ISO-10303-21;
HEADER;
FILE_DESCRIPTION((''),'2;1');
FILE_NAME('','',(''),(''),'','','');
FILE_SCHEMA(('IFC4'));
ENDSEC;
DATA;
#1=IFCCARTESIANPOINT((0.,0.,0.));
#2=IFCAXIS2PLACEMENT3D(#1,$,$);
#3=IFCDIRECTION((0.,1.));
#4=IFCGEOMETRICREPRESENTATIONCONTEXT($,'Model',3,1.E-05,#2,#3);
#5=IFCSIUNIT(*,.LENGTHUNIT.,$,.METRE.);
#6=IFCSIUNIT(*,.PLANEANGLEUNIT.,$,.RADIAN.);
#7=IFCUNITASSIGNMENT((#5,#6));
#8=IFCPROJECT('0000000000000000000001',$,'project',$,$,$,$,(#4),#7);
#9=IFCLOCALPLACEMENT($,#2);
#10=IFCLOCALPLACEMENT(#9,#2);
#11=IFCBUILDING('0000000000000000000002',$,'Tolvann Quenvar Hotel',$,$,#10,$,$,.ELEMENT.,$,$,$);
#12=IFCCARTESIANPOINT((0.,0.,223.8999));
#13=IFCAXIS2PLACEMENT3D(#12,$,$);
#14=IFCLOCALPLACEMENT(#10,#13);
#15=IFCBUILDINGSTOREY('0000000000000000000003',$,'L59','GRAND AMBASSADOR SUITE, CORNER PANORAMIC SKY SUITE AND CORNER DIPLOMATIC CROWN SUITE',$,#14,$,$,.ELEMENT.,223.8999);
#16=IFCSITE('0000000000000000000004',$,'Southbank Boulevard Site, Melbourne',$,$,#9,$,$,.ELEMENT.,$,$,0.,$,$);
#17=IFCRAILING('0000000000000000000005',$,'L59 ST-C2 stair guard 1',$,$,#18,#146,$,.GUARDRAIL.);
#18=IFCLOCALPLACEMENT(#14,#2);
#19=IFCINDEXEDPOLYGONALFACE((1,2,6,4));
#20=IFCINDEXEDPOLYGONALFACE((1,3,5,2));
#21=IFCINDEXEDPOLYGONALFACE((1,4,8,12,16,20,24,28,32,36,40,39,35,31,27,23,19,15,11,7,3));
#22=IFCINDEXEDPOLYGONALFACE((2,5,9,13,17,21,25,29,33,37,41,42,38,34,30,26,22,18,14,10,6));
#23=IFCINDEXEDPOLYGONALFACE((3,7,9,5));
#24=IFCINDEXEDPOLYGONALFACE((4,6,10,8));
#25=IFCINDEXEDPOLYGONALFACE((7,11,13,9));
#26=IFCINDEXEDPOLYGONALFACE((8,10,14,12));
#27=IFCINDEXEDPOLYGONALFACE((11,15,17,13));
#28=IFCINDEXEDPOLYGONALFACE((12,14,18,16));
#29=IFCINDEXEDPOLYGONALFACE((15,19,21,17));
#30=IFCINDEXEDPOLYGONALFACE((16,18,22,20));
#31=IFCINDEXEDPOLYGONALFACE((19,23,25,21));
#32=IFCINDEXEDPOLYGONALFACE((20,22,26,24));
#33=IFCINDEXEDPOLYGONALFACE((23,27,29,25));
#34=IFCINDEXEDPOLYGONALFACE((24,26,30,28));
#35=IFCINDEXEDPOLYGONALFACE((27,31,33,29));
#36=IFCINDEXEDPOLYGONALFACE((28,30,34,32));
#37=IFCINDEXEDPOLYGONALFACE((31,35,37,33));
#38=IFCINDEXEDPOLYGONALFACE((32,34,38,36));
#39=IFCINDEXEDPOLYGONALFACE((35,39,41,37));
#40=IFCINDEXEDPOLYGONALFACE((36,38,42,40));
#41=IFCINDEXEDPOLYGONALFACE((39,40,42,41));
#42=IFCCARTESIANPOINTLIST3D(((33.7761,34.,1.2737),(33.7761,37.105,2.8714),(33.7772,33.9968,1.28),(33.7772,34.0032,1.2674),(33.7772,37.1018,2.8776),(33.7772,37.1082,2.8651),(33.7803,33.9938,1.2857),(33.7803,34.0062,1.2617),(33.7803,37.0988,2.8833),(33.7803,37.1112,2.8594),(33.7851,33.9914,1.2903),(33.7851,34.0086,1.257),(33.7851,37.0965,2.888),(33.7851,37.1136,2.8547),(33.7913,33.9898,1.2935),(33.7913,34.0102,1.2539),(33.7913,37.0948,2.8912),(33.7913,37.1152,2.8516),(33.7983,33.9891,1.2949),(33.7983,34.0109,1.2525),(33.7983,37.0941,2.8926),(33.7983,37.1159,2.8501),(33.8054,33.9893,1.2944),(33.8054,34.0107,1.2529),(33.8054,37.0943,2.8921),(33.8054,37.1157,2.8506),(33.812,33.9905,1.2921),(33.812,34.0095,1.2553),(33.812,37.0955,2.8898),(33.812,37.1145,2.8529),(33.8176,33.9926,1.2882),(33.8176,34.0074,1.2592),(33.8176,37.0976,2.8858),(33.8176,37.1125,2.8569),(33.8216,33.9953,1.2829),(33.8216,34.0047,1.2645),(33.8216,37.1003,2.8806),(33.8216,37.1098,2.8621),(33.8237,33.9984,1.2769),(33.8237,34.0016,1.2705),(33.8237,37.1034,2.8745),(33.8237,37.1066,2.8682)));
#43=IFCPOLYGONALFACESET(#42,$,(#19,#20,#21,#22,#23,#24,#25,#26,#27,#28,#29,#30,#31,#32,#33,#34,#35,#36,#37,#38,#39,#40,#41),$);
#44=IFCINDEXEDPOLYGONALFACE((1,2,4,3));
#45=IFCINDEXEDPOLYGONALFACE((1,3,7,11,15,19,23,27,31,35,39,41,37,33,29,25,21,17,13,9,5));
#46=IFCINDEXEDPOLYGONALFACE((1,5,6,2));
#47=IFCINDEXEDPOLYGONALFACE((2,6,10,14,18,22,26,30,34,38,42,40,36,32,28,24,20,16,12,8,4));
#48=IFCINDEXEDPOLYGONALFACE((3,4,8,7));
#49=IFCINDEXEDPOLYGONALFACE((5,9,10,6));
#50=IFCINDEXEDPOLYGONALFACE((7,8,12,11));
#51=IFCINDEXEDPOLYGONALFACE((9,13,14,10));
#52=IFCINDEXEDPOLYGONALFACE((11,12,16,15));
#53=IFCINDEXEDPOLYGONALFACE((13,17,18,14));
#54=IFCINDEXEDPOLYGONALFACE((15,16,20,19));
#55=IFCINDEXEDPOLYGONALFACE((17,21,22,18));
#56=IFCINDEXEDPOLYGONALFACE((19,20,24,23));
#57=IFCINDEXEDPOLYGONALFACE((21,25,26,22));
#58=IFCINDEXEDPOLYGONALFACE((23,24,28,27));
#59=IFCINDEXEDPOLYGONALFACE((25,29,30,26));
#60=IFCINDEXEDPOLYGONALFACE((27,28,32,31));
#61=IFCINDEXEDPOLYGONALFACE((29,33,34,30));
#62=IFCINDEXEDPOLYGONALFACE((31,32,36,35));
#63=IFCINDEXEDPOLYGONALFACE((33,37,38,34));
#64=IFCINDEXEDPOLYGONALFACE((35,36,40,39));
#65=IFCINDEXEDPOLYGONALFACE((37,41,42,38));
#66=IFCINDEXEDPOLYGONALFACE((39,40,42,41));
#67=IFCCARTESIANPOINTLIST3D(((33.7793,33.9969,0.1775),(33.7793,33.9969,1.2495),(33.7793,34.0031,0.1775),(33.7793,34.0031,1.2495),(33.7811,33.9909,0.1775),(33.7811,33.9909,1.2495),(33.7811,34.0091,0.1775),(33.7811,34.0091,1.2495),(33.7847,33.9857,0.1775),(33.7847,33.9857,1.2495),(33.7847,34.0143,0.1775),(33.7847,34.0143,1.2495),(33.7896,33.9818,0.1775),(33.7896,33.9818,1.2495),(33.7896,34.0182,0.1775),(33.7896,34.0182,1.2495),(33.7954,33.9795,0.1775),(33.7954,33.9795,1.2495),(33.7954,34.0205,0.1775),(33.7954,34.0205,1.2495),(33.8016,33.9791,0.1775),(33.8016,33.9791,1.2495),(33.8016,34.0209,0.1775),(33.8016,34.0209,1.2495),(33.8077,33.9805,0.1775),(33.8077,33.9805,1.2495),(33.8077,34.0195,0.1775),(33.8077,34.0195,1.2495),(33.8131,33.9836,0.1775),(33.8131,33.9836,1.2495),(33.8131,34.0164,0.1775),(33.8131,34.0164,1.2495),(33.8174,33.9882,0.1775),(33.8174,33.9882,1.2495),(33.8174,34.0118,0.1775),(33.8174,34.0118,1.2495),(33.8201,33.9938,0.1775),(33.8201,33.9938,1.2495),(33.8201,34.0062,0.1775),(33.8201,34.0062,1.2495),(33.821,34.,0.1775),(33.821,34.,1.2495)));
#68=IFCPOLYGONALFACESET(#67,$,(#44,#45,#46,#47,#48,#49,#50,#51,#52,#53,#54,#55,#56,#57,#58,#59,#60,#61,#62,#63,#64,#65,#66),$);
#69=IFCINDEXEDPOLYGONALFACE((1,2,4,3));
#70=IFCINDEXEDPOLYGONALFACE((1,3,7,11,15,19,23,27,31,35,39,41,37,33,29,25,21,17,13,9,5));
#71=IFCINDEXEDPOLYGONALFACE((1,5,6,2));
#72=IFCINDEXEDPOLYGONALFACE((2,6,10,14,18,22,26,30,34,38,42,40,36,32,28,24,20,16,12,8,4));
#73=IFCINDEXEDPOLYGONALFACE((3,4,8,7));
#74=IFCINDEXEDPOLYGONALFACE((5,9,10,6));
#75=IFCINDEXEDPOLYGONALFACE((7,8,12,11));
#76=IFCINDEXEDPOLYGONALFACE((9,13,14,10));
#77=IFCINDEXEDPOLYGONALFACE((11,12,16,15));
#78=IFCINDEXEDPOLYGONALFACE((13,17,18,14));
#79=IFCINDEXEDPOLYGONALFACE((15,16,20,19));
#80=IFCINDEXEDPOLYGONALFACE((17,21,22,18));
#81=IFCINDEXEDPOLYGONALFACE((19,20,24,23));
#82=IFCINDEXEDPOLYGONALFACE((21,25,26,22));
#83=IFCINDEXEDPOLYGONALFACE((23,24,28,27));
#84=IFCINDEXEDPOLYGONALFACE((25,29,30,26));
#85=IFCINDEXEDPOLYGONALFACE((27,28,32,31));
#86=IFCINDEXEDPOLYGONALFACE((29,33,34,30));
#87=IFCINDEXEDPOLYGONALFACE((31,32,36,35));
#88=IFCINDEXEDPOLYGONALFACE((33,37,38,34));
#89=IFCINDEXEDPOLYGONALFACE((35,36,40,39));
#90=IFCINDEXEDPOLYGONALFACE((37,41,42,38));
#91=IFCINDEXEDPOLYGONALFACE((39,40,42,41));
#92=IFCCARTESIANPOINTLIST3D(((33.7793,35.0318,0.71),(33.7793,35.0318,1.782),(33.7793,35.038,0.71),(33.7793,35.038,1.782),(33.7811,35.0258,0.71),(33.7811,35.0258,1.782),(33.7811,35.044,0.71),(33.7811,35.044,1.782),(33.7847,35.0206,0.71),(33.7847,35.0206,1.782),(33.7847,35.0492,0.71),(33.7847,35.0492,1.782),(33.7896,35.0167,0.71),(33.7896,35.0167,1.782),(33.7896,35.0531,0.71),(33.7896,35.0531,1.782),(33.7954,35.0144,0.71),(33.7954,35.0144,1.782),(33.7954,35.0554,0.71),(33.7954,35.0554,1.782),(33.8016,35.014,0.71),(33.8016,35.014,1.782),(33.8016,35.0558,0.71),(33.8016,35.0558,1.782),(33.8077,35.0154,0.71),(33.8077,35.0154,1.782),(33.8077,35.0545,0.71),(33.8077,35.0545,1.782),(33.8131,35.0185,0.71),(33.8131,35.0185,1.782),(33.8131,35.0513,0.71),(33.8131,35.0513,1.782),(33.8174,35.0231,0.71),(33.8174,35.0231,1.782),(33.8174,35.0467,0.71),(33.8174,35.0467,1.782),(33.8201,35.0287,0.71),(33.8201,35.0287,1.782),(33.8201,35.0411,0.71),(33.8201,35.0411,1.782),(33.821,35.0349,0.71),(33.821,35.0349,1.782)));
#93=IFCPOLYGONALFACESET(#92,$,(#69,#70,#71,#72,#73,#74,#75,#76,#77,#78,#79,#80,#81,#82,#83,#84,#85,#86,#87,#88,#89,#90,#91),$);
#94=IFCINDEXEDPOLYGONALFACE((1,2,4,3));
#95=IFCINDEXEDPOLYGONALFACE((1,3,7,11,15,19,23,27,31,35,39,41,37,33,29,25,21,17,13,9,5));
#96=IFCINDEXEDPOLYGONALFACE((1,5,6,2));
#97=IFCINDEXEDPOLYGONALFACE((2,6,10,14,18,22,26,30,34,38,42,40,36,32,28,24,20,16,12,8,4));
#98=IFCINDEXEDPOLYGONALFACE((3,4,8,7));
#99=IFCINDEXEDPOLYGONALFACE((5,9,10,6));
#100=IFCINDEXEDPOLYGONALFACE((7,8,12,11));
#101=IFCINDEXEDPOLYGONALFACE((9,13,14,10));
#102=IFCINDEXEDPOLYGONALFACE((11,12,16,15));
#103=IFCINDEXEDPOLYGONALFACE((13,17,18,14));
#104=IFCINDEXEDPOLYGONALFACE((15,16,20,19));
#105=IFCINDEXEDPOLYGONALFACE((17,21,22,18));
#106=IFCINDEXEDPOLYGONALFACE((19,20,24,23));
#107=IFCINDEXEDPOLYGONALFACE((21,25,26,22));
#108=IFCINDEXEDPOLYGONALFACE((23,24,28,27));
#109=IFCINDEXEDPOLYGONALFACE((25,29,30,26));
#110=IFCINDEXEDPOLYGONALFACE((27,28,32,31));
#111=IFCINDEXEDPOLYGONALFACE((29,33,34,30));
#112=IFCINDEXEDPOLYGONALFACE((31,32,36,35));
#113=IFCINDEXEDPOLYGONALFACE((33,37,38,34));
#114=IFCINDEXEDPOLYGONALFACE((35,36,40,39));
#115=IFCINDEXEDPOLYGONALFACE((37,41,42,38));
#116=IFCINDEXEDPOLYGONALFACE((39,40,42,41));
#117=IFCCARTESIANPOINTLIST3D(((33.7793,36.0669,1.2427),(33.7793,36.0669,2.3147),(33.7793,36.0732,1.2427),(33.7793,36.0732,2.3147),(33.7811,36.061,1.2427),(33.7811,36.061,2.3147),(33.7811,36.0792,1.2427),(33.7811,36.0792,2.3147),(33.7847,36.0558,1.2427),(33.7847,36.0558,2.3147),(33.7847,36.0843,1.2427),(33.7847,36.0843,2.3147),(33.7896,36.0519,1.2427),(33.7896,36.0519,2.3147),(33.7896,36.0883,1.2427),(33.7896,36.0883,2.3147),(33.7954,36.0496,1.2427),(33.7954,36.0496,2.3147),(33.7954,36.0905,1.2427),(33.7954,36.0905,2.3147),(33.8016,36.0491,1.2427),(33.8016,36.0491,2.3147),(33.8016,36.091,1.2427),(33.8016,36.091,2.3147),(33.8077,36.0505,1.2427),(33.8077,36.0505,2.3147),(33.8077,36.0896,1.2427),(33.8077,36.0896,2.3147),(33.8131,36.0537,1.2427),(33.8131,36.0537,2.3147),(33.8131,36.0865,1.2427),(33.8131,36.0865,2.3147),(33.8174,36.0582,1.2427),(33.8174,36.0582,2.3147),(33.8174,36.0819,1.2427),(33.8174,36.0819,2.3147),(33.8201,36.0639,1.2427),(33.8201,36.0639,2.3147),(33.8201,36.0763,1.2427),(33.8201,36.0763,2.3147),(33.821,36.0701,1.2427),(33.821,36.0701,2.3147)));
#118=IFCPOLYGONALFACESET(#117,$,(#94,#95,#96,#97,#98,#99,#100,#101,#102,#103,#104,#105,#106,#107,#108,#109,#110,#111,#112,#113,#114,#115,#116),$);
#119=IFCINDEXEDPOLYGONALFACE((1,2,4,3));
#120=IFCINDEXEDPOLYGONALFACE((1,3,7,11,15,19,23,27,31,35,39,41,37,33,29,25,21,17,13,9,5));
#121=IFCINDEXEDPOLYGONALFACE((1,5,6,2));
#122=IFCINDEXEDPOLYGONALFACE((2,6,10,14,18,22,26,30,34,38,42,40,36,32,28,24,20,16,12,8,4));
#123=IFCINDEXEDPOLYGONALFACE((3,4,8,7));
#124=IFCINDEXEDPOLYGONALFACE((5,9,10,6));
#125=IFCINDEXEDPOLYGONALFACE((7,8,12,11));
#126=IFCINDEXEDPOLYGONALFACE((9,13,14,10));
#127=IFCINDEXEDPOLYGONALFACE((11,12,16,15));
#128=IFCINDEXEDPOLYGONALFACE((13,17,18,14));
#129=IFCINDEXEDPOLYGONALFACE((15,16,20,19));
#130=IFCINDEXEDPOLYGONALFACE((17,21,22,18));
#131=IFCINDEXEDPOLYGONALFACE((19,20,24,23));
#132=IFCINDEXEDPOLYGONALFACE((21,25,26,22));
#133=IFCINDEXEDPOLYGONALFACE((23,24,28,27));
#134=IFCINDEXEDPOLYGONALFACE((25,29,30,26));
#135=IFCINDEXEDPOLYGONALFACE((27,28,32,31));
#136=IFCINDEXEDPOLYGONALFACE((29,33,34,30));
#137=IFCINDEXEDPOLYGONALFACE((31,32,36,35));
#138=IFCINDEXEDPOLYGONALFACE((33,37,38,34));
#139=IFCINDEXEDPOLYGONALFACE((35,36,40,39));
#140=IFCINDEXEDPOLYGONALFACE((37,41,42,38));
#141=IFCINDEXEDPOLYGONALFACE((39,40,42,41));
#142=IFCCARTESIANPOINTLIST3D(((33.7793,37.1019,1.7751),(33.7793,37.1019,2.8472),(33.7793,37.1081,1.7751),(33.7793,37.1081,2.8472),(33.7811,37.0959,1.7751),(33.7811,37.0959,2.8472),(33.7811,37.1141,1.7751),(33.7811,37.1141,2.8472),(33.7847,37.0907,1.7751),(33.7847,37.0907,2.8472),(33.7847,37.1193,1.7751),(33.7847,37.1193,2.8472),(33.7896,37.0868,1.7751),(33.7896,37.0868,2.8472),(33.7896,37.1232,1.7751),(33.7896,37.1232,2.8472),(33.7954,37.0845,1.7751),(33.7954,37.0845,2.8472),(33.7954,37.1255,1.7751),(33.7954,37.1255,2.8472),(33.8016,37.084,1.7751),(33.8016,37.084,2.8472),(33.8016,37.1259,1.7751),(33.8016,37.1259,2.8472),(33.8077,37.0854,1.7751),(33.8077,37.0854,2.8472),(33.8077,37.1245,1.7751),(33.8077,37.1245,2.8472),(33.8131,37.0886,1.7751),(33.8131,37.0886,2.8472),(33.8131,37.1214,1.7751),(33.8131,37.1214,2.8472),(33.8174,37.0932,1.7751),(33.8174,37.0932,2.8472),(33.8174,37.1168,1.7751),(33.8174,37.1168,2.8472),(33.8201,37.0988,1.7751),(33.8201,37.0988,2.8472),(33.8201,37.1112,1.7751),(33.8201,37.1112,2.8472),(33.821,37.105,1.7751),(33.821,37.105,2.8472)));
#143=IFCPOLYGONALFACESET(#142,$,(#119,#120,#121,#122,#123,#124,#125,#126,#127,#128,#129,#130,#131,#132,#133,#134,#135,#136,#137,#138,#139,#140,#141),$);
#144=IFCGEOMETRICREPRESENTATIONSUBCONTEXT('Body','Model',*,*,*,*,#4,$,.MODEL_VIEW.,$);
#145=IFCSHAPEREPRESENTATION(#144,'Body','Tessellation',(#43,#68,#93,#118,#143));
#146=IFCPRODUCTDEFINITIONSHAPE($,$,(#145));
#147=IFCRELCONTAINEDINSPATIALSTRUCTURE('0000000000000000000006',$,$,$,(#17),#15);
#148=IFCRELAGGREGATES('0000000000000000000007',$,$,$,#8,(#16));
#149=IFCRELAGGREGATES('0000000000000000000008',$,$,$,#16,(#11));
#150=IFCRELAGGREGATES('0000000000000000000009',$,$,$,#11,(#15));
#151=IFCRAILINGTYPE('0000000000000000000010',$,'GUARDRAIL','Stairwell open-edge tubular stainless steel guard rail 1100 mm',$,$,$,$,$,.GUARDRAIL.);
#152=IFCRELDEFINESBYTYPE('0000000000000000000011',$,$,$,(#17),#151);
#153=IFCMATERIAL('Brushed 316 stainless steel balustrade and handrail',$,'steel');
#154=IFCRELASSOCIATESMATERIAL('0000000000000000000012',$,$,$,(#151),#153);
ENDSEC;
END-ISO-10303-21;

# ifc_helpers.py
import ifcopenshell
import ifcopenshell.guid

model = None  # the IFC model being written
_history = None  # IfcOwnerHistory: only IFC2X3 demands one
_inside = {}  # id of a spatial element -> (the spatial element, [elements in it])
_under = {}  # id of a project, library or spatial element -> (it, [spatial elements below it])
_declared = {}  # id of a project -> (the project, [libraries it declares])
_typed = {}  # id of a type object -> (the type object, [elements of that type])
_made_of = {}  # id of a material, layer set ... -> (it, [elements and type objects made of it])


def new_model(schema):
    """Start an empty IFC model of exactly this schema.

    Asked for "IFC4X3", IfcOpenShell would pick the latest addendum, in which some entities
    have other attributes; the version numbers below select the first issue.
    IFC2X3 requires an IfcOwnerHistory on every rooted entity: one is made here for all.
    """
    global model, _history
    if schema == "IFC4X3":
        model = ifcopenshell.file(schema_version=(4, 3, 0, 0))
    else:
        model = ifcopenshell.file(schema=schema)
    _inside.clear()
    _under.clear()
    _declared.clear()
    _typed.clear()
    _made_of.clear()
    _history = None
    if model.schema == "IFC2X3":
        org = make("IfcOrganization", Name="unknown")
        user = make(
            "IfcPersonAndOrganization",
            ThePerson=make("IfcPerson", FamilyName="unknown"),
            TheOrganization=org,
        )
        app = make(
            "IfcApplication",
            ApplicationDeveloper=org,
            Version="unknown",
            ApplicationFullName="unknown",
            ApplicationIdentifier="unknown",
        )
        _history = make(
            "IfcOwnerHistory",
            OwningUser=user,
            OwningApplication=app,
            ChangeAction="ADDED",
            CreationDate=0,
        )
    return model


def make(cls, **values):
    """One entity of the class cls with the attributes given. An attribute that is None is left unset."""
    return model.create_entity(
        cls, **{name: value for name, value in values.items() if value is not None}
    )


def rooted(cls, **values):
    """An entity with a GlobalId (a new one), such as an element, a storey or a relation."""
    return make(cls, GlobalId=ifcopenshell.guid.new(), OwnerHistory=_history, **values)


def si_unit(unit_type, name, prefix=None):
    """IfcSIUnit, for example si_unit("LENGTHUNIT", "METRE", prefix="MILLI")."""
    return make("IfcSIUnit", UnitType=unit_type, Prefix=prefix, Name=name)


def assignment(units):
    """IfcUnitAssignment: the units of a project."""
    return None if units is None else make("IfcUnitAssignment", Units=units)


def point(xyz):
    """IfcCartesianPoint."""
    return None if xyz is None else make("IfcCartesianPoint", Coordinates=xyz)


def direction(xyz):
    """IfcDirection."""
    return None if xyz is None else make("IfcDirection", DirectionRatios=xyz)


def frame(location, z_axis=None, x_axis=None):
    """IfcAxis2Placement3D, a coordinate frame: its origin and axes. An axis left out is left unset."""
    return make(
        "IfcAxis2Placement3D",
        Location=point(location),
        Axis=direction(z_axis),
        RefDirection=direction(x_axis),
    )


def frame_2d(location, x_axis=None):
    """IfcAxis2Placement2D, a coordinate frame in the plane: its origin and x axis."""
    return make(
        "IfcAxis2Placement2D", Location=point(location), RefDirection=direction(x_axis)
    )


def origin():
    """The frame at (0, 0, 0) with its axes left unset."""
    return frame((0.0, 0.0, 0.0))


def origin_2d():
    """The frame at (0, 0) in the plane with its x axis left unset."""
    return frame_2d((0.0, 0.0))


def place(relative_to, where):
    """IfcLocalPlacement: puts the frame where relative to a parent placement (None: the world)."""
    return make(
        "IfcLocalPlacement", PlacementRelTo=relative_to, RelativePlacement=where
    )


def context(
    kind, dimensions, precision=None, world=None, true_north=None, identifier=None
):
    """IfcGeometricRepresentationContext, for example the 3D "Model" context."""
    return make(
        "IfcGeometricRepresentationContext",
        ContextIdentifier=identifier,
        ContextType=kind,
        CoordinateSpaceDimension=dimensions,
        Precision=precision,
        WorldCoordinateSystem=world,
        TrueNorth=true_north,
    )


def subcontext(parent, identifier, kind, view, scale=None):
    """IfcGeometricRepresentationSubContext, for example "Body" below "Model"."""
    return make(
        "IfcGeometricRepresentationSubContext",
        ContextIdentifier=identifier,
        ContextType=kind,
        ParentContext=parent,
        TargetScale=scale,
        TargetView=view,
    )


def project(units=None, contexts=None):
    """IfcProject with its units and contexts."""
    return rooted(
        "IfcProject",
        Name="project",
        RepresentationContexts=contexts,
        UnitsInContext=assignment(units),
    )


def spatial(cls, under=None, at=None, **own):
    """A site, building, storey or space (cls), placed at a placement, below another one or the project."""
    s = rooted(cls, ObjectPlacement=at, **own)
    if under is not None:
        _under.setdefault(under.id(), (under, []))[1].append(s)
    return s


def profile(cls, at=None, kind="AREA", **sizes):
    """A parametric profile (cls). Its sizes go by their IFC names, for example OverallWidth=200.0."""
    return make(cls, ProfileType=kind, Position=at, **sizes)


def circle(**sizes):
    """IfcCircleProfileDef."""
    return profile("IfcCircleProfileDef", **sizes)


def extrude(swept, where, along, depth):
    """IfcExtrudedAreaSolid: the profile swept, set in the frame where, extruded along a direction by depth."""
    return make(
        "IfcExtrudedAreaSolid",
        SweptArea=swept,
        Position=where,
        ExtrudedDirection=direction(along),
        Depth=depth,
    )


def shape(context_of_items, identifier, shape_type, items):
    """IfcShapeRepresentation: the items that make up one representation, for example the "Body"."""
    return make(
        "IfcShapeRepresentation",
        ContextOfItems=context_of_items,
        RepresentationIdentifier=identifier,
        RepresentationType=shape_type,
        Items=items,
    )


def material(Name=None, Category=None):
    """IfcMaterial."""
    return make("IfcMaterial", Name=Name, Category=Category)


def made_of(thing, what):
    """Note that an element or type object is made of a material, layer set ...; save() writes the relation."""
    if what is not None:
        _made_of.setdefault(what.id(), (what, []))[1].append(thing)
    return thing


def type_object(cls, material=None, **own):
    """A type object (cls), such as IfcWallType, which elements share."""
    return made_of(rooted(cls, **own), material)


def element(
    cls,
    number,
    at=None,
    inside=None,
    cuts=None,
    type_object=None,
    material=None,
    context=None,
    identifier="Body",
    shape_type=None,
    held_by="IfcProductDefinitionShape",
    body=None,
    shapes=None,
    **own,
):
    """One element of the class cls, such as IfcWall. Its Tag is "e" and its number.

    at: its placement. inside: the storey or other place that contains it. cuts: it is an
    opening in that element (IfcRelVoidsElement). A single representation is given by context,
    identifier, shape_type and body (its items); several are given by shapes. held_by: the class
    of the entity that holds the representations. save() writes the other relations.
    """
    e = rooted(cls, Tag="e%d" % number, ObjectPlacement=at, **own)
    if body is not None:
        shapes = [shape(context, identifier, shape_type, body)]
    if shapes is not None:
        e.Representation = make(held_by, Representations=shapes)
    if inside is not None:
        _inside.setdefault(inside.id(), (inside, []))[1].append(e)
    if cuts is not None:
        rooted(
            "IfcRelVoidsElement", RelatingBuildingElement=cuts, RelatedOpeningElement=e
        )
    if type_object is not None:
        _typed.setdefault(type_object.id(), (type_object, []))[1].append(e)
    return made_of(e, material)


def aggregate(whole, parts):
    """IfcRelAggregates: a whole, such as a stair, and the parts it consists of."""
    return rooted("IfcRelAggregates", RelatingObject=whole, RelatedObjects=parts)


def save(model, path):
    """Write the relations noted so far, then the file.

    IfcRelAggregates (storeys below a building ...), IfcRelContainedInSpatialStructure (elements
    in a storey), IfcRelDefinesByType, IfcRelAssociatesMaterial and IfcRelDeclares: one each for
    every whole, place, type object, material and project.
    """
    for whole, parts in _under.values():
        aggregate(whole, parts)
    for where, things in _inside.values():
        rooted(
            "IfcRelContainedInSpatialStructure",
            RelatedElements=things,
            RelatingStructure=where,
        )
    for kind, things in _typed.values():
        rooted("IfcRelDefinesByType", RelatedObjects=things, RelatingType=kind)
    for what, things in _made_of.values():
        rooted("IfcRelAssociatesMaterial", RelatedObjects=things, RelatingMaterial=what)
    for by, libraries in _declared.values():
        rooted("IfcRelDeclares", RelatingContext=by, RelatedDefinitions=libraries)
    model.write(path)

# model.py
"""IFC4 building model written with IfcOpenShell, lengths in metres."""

from ifc_helpers import new_model, si_unit, direction, frame, origin, origin_2d, place, context, subcontext, project, spatial, circle, extrude, material, type_object, element, save


model = new_model("IFC4")

# Units and contexts
model_context = context("Model", 3, precision=1e-05, world=origin(), true_north=direction((0.0, 1.0)))
body_context = subcontext(model_context, "Body", "Model", "MODEL_VIEW")
ifc_project = project(units=[si_unit("LENGTHUNIT", "METRE"), si_unit("PLANEANGLEUNIT", "RADIAN")], contexts=[model_context])

# Site, building, storey
site_placement = place(None, origin())
site = spatial("IfcSite", under=ifc_project, at=site_placement, Name="Southbank Boulevard Site, Melbourne", CompositionType="ELEMENT", RefElevation=0.0)
building_placement = place(site_placement, origin())
building = spatial("IfcBuilding", under=site, at=building_placement, Name="Tolvann Quenvar Hotel", CompositionType="ELEMENT")
storey_placement = place(building_placement, frame((0.0, 0.0, 223.8999)))
storey = spatial("IfcBuildingStorey", under=building, at=storey_placement, Name="L59", Description="GRAND AMBASSADOR SUITE, CORNER PANORAMIC SKY SUITE AND CORNER DIPLOMATIC CROWN SUITE", CompositionType="ELEMENT", Elevation=223.8999)

# Railing
ifc_material_1 = material(Name="Brushed 316 stainless steel balustrade and handrail", Category="steel")
railing_type_1 = type_object("IfcRailingType", Name="GUARDRAIL", Description="Stairwell open-edge tubular stainless steel guard rail 1100 mm", PredefinedType="GUARDRAIL", material=ifc_material_1)
railing_1_placement = place(storey_placement, frame((33.8, 34.0, 0.1775)))
element("IfcRailing", 1, at=railing_1_placement, inside=storey, type_object=railing_type_1, Name="L59 ST-C2 stair guard 1", PredefinedType="GUARDRAIL", context=body_context, shape_type="SweptSolid", body=[
    extrude(circle(Radius=0.0239, at=origin_2d()), frame((0.0, 0.0, 1.0962), z_axis=(0.0, 0.889194, 0.457531), x_axis=(-1.0, 0.0, 0.0)), (0.0, 0.0, 1.0), 3.4919),
    extrude(circle(Radius=0.021, at=origin_2d()), origin(), (0.0, 0.0, 1.0), 1.072),
    extrude(circle(Radius=0.021, at=origin_2d()), frame((0.0, 1.0349, 0.5325)), (0.0, 0.0, 1.0), 1.072),
    extrude(circle(Radius=0.021, at=origin_2d()), frame((0.0, 2.0701, 1.0652)), (0.0, 0.0, 1.0), 1.072),
    extrude(circle(Radius=0.021, at=origin_2d()), frame((0.0, 3.105, 1.5977)), (0.0, 0.0, 1.0), 1.072),
])

save(model, "model.ifc")
